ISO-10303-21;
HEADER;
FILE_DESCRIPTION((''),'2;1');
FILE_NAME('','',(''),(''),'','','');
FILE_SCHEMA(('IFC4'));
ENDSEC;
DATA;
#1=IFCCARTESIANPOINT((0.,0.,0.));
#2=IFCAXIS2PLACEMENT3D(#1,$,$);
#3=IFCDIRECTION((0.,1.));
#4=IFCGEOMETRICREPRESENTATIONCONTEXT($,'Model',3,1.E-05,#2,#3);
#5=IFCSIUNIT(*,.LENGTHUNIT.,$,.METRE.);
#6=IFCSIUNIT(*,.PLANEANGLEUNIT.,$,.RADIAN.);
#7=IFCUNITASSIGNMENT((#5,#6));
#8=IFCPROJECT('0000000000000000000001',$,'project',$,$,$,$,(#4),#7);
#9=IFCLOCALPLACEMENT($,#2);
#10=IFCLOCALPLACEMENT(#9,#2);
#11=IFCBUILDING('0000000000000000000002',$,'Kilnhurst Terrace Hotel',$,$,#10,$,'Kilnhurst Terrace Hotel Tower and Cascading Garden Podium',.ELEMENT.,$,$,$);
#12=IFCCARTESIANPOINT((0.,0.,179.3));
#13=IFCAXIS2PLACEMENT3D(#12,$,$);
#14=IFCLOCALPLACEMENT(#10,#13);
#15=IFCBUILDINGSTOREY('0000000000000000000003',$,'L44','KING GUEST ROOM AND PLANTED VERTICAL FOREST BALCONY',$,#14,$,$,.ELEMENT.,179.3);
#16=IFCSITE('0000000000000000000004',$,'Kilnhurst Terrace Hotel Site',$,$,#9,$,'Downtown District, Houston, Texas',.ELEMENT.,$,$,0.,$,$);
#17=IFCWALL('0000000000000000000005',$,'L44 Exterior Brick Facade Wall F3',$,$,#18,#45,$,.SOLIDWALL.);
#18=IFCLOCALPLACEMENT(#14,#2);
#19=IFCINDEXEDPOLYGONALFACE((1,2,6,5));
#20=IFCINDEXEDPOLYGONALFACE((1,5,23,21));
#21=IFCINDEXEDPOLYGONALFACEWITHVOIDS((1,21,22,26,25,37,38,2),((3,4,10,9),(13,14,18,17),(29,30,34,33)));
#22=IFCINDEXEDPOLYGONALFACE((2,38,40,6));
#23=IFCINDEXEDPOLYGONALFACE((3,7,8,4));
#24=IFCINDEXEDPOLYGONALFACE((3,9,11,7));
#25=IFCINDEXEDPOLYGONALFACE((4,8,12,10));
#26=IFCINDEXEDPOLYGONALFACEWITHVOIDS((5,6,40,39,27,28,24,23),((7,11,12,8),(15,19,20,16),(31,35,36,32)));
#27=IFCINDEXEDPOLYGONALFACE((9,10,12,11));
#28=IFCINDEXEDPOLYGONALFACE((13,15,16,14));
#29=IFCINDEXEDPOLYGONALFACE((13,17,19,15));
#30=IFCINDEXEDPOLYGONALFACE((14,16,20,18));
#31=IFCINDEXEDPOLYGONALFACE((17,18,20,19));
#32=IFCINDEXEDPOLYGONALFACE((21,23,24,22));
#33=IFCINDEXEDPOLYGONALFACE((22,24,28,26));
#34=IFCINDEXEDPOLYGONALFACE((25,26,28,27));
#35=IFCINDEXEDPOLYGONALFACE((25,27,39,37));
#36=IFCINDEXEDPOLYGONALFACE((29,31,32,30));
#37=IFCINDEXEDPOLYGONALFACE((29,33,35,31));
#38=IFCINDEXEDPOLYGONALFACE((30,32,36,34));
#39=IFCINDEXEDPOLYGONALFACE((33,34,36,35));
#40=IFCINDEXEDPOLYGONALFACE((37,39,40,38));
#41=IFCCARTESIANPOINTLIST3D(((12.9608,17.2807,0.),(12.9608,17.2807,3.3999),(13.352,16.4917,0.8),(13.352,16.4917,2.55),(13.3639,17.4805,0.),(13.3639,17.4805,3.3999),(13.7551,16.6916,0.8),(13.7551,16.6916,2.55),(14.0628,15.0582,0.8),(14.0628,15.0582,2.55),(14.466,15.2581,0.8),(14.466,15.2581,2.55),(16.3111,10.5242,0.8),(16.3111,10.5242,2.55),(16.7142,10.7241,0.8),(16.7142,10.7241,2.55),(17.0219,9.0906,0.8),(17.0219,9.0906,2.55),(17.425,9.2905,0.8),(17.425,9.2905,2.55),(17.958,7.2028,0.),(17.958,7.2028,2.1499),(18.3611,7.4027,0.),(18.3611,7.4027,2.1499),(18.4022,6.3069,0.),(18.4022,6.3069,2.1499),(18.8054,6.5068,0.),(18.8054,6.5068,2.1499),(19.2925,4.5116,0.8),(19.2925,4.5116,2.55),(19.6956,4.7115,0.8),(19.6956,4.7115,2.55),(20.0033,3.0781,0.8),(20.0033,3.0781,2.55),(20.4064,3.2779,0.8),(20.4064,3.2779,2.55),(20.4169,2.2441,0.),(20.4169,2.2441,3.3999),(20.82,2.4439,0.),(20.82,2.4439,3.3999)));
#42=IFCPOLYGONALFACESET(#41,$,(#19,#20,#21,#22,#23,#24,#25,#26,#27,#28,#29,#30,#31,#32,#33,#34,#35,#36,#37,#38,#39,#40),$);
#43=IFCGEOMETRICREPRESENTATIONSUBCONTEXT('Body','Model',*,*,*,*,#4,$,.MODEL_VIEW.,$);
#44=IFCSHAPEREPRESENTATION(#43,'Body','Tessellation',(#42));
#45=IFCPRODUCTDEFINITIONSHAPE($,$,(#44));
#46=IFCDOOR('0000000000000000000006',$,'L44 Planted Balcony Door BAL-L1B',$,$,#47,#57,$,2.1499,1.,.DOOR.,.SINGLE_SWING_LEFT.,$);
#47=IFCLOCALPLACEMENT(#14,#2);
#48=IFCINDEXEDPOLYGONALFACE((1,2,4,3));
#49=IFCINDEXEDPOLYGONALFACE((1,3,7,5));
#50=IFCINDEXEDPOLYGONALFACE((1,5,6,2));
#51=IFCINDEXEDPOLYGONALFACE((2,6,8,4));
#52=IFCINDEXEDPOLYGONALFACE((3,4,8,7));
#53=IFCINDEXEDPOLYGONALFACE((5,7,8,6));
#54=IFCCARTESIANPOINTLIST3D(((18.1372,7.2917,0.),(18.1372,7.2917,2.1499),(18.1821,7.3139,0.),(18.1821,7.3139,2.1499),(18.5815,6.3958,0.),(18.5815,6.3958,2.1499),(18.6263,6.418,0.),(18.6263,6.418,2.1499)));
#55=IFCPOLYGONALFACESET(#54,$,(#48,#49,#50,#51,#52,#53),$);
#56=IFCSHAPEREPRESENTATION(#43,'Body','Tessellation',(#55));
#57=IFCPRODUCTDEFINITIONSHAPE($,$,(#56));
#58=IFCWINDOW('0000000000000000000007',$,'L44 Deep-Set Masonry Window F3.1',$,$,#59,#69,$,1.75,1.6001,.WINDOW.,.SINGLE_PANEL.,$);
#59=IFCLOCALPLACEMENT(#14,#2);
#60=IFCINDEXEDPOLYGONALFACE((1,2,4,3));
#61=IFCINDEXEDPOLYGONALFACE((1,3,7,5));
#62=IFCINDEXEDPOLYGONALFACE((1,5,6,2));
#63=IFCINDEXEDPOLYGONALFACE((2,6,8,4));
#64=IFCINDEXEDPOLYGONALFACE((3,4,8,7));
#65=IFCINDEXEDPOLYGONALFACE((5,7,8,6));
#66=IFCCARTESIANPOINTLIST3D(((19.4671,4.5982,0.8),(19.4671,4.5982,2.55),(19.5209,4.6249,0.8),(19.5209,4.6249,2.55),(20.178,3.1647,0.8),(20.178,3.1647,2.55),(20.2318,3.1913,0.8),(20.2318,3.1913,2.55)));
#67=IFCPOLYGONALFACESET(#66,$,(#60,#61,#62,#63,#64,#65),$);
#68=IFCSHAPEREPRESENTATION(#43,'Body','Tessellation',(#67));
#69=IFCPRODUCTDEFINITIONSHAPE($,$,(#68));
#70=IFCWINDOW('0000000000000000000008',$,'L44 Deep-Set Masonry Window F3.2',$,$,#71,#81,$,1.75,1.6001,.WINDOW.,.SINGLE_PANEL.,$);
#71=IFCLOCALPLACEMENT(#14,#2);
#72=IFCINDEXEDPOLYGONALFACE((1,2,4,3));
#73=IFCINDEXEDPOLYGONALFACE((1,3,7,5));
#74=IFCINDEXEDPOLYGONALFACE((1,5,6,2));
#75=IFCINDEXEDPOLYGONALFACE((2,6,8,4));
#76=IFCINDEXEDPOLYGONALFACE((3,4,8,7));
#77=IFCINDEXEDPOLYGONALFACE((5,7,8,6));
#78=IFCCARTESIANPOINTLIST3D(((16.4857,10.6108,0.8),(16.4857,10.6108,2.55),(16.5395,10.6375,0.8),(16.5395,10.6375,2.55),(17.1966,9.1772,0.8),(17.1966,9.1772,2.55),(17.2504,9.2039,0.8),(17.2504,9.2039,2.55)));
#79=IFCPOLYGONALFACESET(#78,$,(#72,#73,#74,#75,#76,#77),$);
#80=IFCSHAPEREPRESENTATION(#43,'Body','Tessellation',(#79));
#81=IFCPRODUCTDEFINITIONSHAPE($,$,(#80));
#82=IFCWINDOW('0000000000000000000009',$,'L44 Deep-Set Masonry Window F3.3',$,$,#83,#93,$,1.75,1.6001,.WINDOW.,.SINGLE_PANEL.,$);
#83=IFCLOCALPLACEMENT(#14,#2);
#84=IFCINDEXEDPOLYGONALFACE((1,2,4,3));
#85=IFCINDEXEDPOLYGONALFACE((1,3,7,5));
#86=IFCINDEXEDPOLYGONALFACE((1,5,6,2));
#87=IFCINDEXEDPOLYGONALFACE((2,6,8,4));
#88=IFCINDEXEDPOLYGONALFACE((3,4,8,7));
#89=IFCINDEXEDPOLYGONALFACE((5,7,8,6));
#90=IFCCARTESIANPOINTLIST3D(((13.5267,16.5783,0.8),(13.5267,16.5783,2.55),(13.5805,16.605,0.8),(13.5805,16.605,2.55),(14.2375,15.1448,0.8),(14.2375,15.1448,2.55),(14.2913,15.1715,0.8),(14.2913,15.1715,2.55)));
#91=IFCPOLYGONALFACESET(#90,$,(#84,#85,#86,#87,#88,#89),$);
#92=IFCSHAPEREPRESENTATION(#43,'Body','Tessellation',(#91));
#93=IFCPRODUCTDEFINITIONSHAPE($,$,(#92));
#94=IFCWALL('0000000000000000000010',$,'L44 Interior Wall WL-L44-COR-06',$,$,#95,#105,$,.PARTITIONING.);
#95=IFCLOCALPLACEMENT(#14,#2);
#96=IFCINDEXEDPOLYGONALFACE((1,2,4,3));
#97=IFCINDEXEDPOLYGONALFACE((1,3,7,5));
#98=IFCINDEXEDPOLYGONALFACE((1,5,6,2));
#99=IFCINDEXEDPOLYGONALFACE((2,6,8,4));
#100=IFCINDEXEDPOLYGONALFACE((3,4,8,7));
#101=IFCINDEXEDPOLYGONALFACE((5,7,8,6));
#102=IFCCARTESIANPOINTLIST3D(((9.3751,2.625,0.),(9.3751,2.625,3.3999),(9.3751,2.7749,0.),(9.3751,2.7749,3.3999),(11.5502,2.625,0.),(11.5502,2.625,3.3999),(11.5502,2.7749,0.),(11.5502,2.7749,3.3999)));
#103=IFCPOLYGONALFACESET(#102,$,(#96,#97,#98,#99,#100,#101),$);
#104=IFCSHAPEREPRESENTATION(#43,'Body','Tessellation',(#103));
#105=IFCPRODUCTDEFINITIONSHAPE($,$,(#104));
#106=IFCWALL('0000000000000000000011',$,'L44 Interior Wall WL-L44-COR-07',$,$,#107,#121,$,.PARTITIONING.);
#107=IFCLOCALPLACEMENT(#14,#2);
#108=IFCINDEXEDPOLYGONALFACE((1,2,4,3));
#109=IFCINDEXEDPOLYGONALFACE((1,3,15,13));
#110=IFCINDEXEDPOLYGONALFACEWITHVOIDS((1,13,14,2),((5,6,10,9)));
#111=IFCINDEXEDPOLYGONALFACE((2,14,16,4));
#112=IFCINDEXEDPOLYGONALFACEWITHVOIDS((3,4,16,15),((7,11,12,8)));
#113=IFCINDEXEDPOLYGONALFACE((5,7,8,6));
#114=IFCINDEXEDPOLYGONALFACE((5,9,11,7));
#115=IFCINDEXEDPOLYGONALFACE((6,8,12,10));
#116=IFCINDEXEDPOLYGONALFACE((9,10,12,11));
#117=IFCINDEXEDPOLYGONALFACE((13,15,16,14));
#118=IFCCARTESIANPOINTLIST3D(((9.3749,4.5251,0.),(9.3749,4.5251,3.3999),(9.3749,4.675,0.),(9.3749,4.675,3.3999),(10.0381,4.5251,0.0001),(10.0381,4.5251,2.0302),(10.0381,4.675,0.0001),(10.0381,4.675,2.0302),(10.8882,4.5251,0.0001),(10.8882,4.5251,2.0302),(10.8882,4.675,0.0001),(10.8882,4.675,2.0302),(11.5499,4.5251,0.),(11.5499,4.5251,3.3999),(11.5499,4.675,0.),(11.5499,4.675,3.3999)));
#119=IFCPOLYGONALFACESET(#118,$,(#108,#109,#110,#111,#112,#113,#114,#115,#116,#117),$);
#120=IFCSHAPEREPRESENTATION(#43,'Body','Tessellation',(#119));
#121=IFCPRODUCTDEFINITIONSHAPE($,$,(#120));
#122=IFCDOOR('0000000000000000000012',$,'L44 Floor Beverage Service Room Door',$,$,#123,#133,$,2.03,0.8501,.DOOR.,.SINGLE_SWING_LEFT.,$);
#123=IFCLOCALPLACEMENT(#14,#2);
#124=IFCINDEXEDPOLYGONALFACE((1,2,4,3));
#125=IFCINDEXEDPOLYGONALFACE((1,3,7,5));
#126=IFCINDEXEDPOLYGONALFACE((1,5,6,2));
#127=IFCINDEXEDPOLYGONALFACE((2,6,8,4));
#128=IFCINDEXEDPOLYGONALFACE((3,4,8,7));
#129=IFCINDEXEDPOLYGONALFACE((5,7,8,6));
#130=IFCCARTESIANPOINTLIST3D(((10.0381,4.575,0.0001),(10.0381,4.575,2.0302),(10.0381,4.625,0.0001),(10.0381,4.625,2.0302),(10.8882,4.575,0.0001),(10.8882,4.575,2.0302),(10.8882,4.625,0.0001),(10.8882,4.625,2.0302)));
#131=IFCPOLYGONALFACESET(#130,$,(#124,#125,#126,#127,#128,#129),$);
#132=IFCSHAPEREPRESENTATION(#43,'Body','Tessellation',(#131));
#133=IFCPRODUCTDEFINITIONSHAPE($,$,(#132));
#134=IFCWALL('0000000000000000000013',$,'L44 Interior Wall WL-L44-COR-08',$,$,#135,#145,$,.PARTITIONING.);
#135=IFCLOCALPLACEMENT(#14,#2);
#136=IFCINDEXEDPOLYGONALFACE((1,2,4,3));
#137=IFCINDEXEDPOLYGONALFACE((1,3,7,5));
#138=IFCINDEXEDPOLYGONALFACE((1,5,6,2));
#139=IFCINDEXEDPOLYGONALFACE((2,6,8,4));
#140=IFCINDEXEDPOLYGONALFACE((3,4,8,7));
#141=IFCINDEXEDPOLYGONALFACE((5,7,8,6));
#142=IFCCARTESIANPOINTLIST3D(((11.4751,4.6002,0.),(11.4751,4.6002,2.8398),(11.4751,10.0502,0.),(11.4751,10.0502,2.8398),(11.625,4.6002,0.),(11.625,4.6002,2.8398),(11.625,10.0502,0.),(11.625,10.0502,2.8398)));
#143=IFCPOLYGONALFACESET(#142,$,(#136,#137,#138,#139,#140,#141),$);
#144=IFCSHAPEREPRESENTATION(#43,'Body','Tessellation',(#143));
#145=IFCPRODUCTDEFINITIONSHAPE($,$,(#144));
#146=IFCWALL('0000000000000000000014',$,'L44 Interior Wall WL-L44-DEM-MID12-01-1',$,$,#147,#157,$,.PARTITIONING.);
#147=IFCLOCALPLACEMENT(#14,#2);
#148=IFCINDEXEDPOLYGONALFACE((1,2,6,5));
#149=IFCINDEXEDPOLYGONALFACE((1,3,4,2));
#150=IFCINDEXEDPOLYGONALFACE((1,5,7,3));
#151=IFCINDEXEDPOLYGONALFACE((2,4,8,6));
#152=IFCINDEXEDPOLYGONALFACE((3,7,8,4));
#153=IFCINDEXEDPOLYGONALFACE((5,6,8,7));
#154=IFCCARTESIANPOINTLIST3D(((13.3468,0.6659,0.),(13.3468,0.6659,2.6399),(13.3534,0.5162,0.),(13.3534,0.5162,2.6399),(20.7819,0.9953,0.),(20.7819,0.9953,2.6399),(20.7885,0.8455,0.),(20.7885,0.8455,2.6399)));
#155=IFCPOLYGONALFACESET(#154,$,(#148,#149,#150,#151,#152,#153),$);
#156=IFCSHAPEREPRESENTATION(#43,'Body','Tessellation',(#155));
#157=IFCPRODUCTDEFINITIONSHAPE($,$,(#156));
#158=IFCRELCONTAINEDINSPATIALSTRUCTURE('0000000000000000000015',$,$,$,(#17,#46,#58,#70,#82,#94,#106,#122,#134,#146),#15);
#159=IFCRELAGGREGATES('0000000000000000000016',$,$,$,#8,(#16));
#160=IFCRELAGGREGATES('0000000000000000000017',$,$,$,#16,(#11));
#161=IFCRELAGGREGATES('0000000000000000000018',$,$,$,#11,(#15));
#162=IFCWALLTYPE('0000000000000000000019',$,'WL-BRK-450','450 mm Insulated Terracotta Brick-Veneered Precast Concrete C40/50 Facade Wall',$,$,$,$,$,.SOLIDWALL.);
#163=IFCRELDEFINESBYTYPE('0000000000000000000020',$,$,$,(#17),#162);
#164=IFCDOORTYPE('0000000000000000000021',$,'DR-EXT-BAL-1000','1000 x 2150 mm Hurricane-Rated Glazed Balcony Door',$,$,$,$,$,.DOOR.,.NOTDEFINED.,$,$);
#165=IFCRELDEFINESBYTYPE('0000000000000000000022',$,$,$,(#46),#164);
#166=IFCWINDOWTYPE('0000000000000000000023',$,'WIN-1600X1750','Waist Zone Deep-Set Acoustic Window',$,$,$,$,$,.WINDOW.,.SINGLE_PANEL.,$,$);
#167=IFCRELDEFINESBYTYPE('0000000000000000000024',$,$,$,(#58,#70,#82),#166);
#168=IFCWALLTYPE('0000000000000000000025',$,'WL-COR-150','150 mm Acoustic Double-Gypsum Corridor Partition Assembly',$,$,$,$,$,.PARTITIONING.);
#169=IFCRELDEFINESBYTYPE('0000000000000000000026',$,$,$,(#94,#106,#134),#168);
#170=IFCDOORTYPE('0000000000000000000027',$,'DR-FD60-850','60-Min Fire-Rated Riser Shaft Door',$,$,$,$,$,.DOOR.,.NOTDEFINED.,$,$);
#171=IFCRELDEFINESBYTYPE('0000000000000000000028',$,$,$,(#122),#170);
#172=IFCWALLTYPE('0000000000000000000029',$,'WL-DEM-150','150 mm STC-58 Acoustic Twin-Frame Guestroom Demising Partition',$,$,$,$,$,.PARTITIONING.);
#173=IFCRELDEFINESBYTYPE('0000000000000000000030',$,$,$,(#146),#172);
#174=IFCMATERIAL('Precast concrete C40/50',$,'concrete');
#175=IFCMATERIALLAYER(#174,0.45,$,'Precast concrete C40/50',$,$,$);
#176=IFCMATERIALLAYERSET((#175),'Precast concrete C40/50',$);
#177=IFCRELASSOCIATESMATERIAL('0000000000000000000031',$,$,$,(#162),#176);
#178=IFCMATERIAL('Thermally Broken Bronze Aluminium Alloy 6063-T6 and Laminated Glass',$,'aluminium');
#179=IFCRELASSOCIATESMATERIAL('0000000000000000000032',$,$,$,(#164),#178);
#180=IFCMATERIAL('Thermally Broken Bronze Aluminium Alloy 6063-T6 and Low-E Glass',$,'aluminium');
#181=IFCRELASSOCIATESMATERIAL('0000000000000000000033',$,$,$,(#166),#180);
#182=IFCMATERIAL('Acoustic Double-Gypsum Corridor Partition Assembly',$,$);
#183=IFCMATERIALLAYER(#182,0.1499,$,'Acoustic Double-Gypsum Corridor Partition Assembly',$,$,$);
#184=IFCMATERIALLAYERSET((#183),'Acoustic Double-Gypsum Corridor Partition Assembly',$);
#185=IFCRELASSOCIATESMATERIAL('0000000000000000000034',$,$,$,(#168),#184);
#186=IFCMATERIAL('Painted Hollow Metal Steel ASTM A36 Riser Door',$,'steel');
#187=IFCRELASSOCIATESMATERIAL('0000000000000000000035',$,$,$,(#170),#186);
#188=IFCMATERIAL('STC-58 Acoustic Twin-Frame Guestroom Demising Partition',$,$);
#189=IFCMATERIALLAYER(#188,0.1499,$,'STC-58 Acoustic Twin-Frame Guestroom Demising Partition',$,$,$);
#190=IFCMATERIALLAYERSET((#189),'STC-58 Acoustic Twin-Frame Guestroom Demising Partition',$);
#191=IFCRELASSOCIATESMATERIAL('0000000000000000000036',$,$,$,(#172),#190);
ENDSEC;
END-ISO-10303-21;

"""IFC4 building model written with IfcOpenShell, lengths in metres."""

from ifc_helpers import new_model, si_unit, direction, frame, frame_2d, origin, place, context, subcontext, project, spatial, rectangle, extrude, material, layer, layer_set, type_object, element, fill, save


model = new_model("IFC4")

# Units and contexts
model_context = context("Model", 3, precision=1e-05, world=origin(), true_north=direction((0.0, 1.0)))
body_context = subcontext(model_context, "Body", "Model", "MODEL_VIEW")
ifc_project = project(units=[si_unit("LENGTHUNIT", "METRE"), si_unit("PLANEANGLEUNIT", "RADIAN")], contexts=[model_context])

# Site, building, storey
site_placement = place(None, origin())
site = spatial("IfcSite", under=ifc_project, at=site_placement, Name="Kilnhurst Terrace Hotel Site", LongName="Downtown District, Houston, Texas", CompositionType="ELEMENT", RefElevation=0.0)
building_placement = place(site_placement, origin())
building = spatial("IfcBuilding", under=site, at=building_placement, Name="Kilnhurst Terrace Hotel", LongName="Kilnhurst Terrace Hotel Tower and Cascading Garden Podium", CompositionType="ELEMENT")
storey_placement = place(building_placement, frame((0.0, 0.0, 179.3)))
storey = spatial("IfcBuildingStorey", under=building, at=storey_placement, Name="L44", Description="KING GUEST ROOM AND PLANTED VERTICAL FOREST BALCONY", CompositionType="ELEMENT", Elevation=179.3)

# Shared definitions
ifc_material_1 = material(Name="Precast concrete C40/50", Category="concrete")
ifc_layer_1 = layer(ifc_material_1, 0.45, Name="Precast concrete C40/50")
ifc_layer_set_1 = layer_set([ifc_layer_1], Name="Precast concrete C40/50")
wall_type_1 = type_object("IfcWallType", Name="WL-BRK-450", Description="450 mm Insulated Terracotta Brick-Veneered Precast Concrete C40/50 Facade Wall", PredefinedType="SOLIDWALL", material=ifc_layer_set_1)

# Wall, openings, door, windows
wall_1_placement = place(storey_placement, frame((20.6184, 2.344, 0.0), z_axis=(0.0, 0.0, 1.0), x_axis=(-0.444244, 0.895906, 0.0)))
wall_1 = element("IfcWall", 1, at=wall_1_placement, inside=storey, type_object=wall_type_1, Name="L44 Exterior Brick Facade Wall F3", PredefinedType="SOLIDWALL", context=body_context, shape_type="SweptSolid", body=[
    extrude(rectangle(XDim=16.7837, YDim=0.45, at=frame_2d((8.3918, 0.0))), origin(), (0.0, 0.0, 1.0), 3.3999),
])
opening_1_placement = place(wall_1_placement, frame((4.5349, 0.0, 0.0)))
opening_1 = element("IfcOpeningElement", 2, at=opening_1_placement, cuts=wall_1, PredefinedType="OPENING", context=body_context, shape_type="SweptSolid", body=[
    extrude(rectangle(XDim=1.0, YDim=2.1499, at=frame_2d((0.5, 1.075))), frame((0.0, 0.2349, 0.0), z_axis=(0.0, -1.0, 0.0), x_axis=(1.0, 0.0, 0.0)), (0.0, 0.0, 1.0), 0.47),
])
opening_2_placement = place(wall_1_placement, frame((0.9309, 0.0, 0.8)))
opening_2 = element("IfcOpeningElement", 3, at=opening_2_placement, cuts=wall_1, PredefinedType="OPENING", context=body_context, shape_type="SweptSolid", body=[
    extrude(rectangle(XDim=1.6001, YDim=1.75, at=frame_2d((0.8, 0.875))), frame((0.0, 0.2349, 0.0), z_axis=(0.0, -1.0, 0.0), x_axis=(1.0, 0.0, 0.0)), (0.0, 0.0, 1.0), 0.47),
])
opening_3_placement = place(wall_1_placement, frame((7.6421, 0.0, 0.8)))
opening_3 = element("IfcOpeningElement", 4, at=opening_3_placement, cuts=wall_1, PredefinedType="OPENING", context=body_context, shape_type="SweptSolid", body=[
    extrude(rectangle(XDim=1.6001, YDim=1.75, at=frame_2d((0.8, 0.875))), frame((0.0, 0.2349, 0.0), z_axis=(0.0, -1.0, 0.0), x_axis=(1.0, 0.0, 0.0)), (0.0, 0.0, 1.0), 0.47),
])
opening_4_placement = place(wall_1_placement, frame((14.303, 0.0, 0.8)))
opening_4 = element("IfcOpeningElement", 5, at=opening_4_placement, cuts=wall_1, PredefinedType="OPENING", context=body_context, shape_type="SweptSolid", body=[
    extrude(rectangle(XDim=1.6001, YDim=1.75, at=frame_2d((0.8, 0.875))), frame((0.0, 0.2349, 0.0), z_axis=(0.0, -1.0, 0.0), x_axis=(1.0, 0.0, 0.0)), (0.0, 0.0, 1.0), 0.47),
])
ifc_material_2 = material(Name="Thermally Broken Bronze Aluminium Alloy 6063-T6 and Laminated Glass", Category="aluminium")
door_type_1 = type_object("IfcDoorType", Name="DR-EXT-BAL-1000", Description="1000 x 2150 mm Hurricane-Rated Glazed Balcony Door", OperationType="NOTDEFINED", PredefinedType="DOOR", material=ifc_material_2)
door_1_placement = place(opening_1_placement, origin())
door_1 = element("IfcDoor", 6, at=door_1_placement, inside=storey, type_object=door_type_1, Name="L44 Planted Balcony Door BAL-L1B", OperationType="SINGLE_SWING_LEFT", OverallHeight=2.1499, OverallWidth=1.0, PredefinedType="DOOR", context=body_context, shape_type="SweptSolid", body=[
    extrude(rectangle(XDim=1.0, YDim=2.1499, at=frame_2d((0.5, 1.075))), frame((0.0, 0.0249, 0.0), z_axis=(0.0, -1.0, 0.0), x_axis=(1.0, 0.0, 0.0)), (0.0, 0.0, 1.0), 0.05),
])
fill(opening_1, door_1)
ifc_material_3 = material(Name="Thermally Broken Bronze Aluminium Alloy 6063-T6 and Low-E Glass", Category="aluminium")
window_type = type_object("IfcWindowType", Name="WIN-1600X1750", Description="Waist Zone Deep-Set Acoustic Window", PartitioningType="SINGLE_PANEL", PredefinedType="WINDOW", material=ifc_material_3)
window_1_placement = place(opening_2_placement, origin())
window_1 = element("IfcWindow", 7, at=window_1_placement, inside=storey, type_object=window_type, Name="L44 Deep-Set Masonry Window F3.1", OverallHeight=1.75, OverallWidth=1.6001, PartitioningType="SINGLE_PANEL", PredefinedType="WINDOW", context=body_context, shape_type="SweptSolid", body=[
    extrude(rectangle(XDim=1.6001, YDim=1.75, at=frame_2d((0.8, 0.875))), frame((0.0, 0.03, 0.0), z_axis=(0.0, -1.0, 0.0), x_axis=(1.0, 0.0, 0.0)), (0.0, 0.0, 1.0), 0.0601),
])
fill(opening_2, window_1)
window_2_placement = place(opening_3_placement, origin())
window_2 = element("IfcWindow", 8, at=window_2_placement, inside=storey, type_object=window_type, Name="L44 Deep-Set Masonry Window F3.2", OverallHeight=1.75, OverallWidth=1.6001, PartitioningType="SINGLE_PANEL", PredefinedType="WINDOW", context=body_context, shape_type="SweptSolid", body=[
    extrude(rectangle(XDim=1.6001, YDim=1.75, at=frame_2d((0.8, 0.875))), frame((0.0, 0.03, 0.0), z_axis=(0.0, -1.0, 0.0), x_axis=(1.0, 0.0, 0.0)), (0.0, 0.0, 1.0), 0.0601),
])
fill(opening_3, window_2)
window_3_placement = place(opening_4_placement, origin())
window_3 = element("IfcWindow", 9, at=window_3_placement, inside=storey, type_object=window_type, Name="L44 Deep-Set Masonry Window F3.3", OverallHeight=1.75, OverallWidth=1.6001, PartitioningType="SINGLE_PANEL", PredefinedType="WINDOW", context=body_context, shape_type="SweptSolid", body=[
    extrude(rectangle(XDim=1.6001, YDim=1.75, at=frame_2d((0.8, 0.875))), frame((0.0, 0.03, 0.0), z_axis=(0.0, -1.0, 0.0), x_axis=(1.0, 0.0, 0.0)), (0.0, 0.0, 1.0), 0.0601),
])
fill(opening_4, window_3)

# Wall
ifc_material_4 = material(Name="Acoustic Double-Gypsum Corridor Partition Assembly")
ifc_layer_2 = layer(ifc_material_4, 0.1499, Name="Acoustic Double-Gypsum Corridor Partition Assembly")
ifc_layer_set_2 = layer_set([ifc_layer_2], Name="Acoustic Double-Gypsum Corridor Partition Assembly")
wall_type_2 = type_object("IfcWallType", Name="WL-COR-150", Description="150 mm Acoustic Double-Gypsum Corridor Partition Assembly", PredefinedType="PARTITIONING", material=ifc_layer_set_2)
wall_2_placement = place(storey_placement, frame((11.55, 2.7, 0.0), z_axis=(0.0, 0.0, 1.0), x_axis=(-1.0, 0.0, 0.0)))
element("IfcWall", 10, at=wall_2_placement, inside=storey, type_object=wall_type_2, Name="L44 Interior Wall WL-L44-COR-06", PredefinedType="PARTITIONING", context=body_context, shape_type="SweptSolid", body=[
    extrude(rectangle(XDim=2.175, YDim=0.1499, at=frame_2d((1.0874, 0.0))), origin(), (0.0, 0.0, 1.0), 3.3999),
])

# Wall, opening, door
wall_3_placement = place(storey_placement, frame((9.375, 4.6001, 0.0), z_axis=(0.0, 0.0, 1.0), x_axis=(1.0, 0.0, 0.0)))
wall_3 = element("IfcWall", 11, at=wall_3_placement, inside=storey, type_object=wall_type_2, Name="L44 Interior Wall WL-L44-COR-07", PredefinedType="PARTITIONING", context=body_context, shape_type="SweptSolid", body=[
    extrude(rectangle(XDim=2.175, YDim=0.1499, at=frame_2d((1.0874, 0.0))), origin(), (0.0, 0.0, 1.0), 3.3999),
])
opening_5_placement = place(wall_3_placement, frame((0.6631, 0.0, 0.0)))
opening_5 = element("IfcOpeningElement", 12, at=opening_5_placement, cuts=wall_3, PredefinedType="OPENING", context=body_context, shape_type="SweptSolid", body=[
    extrude(rectangle(XDim=0.8501, YDim=2.03, at=frame_2d((0.425, 1.0151))), frame((0.0, 0.085, 0.0), z_axis=(0.0, -1.0, 0.0), x_axis=(1.0, 0.0, 0.0)), (0.0, 0.0, 1.0), 0.1699),
])
ifc_material_5 = material(Name="Painted Hollow Metal Steel ASTM A36 Riser Door", Category="steel")
door_type_2 = type_object("IfcDoorType", Name="DR-FD60-850", Description="60-Min Fire-Rated Riser Shaft Door", OperationType="NOTDEFINED", PredefinedType="DOOR", material=ifc_material_5)
door_2_placement = place(opening_5_placement, origin())
door_2 = element("IfcDoor", 13, at=door_2_placement, inside=storey, type_object=door_type_2, Name="L44 Floor Beverage Service Room Door", OperationType="SINGLE_SWING_LEFT", OverallHeight=2.03, OverallWidth=0.8501, PredefinedType="DOOR", context=body_context, shape_type="SweptSolid", body=[
    extrude(rectangle(XDim=0.8501, YDim=2.03, at=frame_2d((0.425, 1.0151))), frame((0.0, 0.0249, 0.0), z_axis=(0.0, -1.0, 0.0), x_axis=(1.0, 0.0, 0.0)), (0.0, 0.0, 1.0), 0.05),
])
fill(opening_5, door_2)

# Walls
wall_4_placement = place(storey_placement, frame((11.55, 4.6001, 0.0), z_axis=(0.0, 0.0, 1.0), x_axis=(0.0, 1.0, 0.0)))
element("IfcWall", 14, at=wall_4_placement, inside=storey, type_object=wall_type_2, Name="L44 Interior Wall WL-L44-COR-08", PredefinedType="PARTITIONING", context=body_context, shape_type="SweptSolid", body=[
    extrude(rectangle(XDim=5.45, YDim=0.1499, at=frame_2d((2.7251, 0.0))), origin(), (0.0, 0.0, 1.0), 2.8398),
])
ifc_material_6 = material(Name="STC-58 Acoustic Twin-Frame Guestroom Demising Partition")
ifc_layer_3 = layer(ifc_material_6, 0.1499, Name="STC-58 Acoustic Twin-Frame Guestroom Demising Partition")
ifc_layer_set_3 = layer_set([ifc_layer_3], Name="STC-58 Acoustic Twin-Frame Guestroom Demising Partition")
wall_type_3 = type_object("IfcWallType", Name="WL-DEM-150", Description="150 mm STC-58 Acoustic Twin-Frame Guestroom Demising Partition", PredefinedType="PARTITIONING", material=ifc_layer_set_3)
wall_5_placement = place(storey_placement, frame((13.3501, 0.5911, 0.0), z_axis=(0.0, 0.0, 1.0), x_axis=(0.99902, 0.044253, 0.0)))
element("IfcWall", 15, at=wall_5_placement, inside=storey, type_object=wall_type_3, Name="L44 Interior Wall WL-L44-DEM-MID12-01-1", PredefinedType="PARTITIONING", context=body_context, shape_type="SweptSolid", body=[
    extrude(rectangle(XDim=7.4424, YDim=0.1499, at=frame_2d((3.7212, 0.0))), origin(), (0.0, 0.0, 1.0), 2.6399),
])

save(model, "model.ifc")
